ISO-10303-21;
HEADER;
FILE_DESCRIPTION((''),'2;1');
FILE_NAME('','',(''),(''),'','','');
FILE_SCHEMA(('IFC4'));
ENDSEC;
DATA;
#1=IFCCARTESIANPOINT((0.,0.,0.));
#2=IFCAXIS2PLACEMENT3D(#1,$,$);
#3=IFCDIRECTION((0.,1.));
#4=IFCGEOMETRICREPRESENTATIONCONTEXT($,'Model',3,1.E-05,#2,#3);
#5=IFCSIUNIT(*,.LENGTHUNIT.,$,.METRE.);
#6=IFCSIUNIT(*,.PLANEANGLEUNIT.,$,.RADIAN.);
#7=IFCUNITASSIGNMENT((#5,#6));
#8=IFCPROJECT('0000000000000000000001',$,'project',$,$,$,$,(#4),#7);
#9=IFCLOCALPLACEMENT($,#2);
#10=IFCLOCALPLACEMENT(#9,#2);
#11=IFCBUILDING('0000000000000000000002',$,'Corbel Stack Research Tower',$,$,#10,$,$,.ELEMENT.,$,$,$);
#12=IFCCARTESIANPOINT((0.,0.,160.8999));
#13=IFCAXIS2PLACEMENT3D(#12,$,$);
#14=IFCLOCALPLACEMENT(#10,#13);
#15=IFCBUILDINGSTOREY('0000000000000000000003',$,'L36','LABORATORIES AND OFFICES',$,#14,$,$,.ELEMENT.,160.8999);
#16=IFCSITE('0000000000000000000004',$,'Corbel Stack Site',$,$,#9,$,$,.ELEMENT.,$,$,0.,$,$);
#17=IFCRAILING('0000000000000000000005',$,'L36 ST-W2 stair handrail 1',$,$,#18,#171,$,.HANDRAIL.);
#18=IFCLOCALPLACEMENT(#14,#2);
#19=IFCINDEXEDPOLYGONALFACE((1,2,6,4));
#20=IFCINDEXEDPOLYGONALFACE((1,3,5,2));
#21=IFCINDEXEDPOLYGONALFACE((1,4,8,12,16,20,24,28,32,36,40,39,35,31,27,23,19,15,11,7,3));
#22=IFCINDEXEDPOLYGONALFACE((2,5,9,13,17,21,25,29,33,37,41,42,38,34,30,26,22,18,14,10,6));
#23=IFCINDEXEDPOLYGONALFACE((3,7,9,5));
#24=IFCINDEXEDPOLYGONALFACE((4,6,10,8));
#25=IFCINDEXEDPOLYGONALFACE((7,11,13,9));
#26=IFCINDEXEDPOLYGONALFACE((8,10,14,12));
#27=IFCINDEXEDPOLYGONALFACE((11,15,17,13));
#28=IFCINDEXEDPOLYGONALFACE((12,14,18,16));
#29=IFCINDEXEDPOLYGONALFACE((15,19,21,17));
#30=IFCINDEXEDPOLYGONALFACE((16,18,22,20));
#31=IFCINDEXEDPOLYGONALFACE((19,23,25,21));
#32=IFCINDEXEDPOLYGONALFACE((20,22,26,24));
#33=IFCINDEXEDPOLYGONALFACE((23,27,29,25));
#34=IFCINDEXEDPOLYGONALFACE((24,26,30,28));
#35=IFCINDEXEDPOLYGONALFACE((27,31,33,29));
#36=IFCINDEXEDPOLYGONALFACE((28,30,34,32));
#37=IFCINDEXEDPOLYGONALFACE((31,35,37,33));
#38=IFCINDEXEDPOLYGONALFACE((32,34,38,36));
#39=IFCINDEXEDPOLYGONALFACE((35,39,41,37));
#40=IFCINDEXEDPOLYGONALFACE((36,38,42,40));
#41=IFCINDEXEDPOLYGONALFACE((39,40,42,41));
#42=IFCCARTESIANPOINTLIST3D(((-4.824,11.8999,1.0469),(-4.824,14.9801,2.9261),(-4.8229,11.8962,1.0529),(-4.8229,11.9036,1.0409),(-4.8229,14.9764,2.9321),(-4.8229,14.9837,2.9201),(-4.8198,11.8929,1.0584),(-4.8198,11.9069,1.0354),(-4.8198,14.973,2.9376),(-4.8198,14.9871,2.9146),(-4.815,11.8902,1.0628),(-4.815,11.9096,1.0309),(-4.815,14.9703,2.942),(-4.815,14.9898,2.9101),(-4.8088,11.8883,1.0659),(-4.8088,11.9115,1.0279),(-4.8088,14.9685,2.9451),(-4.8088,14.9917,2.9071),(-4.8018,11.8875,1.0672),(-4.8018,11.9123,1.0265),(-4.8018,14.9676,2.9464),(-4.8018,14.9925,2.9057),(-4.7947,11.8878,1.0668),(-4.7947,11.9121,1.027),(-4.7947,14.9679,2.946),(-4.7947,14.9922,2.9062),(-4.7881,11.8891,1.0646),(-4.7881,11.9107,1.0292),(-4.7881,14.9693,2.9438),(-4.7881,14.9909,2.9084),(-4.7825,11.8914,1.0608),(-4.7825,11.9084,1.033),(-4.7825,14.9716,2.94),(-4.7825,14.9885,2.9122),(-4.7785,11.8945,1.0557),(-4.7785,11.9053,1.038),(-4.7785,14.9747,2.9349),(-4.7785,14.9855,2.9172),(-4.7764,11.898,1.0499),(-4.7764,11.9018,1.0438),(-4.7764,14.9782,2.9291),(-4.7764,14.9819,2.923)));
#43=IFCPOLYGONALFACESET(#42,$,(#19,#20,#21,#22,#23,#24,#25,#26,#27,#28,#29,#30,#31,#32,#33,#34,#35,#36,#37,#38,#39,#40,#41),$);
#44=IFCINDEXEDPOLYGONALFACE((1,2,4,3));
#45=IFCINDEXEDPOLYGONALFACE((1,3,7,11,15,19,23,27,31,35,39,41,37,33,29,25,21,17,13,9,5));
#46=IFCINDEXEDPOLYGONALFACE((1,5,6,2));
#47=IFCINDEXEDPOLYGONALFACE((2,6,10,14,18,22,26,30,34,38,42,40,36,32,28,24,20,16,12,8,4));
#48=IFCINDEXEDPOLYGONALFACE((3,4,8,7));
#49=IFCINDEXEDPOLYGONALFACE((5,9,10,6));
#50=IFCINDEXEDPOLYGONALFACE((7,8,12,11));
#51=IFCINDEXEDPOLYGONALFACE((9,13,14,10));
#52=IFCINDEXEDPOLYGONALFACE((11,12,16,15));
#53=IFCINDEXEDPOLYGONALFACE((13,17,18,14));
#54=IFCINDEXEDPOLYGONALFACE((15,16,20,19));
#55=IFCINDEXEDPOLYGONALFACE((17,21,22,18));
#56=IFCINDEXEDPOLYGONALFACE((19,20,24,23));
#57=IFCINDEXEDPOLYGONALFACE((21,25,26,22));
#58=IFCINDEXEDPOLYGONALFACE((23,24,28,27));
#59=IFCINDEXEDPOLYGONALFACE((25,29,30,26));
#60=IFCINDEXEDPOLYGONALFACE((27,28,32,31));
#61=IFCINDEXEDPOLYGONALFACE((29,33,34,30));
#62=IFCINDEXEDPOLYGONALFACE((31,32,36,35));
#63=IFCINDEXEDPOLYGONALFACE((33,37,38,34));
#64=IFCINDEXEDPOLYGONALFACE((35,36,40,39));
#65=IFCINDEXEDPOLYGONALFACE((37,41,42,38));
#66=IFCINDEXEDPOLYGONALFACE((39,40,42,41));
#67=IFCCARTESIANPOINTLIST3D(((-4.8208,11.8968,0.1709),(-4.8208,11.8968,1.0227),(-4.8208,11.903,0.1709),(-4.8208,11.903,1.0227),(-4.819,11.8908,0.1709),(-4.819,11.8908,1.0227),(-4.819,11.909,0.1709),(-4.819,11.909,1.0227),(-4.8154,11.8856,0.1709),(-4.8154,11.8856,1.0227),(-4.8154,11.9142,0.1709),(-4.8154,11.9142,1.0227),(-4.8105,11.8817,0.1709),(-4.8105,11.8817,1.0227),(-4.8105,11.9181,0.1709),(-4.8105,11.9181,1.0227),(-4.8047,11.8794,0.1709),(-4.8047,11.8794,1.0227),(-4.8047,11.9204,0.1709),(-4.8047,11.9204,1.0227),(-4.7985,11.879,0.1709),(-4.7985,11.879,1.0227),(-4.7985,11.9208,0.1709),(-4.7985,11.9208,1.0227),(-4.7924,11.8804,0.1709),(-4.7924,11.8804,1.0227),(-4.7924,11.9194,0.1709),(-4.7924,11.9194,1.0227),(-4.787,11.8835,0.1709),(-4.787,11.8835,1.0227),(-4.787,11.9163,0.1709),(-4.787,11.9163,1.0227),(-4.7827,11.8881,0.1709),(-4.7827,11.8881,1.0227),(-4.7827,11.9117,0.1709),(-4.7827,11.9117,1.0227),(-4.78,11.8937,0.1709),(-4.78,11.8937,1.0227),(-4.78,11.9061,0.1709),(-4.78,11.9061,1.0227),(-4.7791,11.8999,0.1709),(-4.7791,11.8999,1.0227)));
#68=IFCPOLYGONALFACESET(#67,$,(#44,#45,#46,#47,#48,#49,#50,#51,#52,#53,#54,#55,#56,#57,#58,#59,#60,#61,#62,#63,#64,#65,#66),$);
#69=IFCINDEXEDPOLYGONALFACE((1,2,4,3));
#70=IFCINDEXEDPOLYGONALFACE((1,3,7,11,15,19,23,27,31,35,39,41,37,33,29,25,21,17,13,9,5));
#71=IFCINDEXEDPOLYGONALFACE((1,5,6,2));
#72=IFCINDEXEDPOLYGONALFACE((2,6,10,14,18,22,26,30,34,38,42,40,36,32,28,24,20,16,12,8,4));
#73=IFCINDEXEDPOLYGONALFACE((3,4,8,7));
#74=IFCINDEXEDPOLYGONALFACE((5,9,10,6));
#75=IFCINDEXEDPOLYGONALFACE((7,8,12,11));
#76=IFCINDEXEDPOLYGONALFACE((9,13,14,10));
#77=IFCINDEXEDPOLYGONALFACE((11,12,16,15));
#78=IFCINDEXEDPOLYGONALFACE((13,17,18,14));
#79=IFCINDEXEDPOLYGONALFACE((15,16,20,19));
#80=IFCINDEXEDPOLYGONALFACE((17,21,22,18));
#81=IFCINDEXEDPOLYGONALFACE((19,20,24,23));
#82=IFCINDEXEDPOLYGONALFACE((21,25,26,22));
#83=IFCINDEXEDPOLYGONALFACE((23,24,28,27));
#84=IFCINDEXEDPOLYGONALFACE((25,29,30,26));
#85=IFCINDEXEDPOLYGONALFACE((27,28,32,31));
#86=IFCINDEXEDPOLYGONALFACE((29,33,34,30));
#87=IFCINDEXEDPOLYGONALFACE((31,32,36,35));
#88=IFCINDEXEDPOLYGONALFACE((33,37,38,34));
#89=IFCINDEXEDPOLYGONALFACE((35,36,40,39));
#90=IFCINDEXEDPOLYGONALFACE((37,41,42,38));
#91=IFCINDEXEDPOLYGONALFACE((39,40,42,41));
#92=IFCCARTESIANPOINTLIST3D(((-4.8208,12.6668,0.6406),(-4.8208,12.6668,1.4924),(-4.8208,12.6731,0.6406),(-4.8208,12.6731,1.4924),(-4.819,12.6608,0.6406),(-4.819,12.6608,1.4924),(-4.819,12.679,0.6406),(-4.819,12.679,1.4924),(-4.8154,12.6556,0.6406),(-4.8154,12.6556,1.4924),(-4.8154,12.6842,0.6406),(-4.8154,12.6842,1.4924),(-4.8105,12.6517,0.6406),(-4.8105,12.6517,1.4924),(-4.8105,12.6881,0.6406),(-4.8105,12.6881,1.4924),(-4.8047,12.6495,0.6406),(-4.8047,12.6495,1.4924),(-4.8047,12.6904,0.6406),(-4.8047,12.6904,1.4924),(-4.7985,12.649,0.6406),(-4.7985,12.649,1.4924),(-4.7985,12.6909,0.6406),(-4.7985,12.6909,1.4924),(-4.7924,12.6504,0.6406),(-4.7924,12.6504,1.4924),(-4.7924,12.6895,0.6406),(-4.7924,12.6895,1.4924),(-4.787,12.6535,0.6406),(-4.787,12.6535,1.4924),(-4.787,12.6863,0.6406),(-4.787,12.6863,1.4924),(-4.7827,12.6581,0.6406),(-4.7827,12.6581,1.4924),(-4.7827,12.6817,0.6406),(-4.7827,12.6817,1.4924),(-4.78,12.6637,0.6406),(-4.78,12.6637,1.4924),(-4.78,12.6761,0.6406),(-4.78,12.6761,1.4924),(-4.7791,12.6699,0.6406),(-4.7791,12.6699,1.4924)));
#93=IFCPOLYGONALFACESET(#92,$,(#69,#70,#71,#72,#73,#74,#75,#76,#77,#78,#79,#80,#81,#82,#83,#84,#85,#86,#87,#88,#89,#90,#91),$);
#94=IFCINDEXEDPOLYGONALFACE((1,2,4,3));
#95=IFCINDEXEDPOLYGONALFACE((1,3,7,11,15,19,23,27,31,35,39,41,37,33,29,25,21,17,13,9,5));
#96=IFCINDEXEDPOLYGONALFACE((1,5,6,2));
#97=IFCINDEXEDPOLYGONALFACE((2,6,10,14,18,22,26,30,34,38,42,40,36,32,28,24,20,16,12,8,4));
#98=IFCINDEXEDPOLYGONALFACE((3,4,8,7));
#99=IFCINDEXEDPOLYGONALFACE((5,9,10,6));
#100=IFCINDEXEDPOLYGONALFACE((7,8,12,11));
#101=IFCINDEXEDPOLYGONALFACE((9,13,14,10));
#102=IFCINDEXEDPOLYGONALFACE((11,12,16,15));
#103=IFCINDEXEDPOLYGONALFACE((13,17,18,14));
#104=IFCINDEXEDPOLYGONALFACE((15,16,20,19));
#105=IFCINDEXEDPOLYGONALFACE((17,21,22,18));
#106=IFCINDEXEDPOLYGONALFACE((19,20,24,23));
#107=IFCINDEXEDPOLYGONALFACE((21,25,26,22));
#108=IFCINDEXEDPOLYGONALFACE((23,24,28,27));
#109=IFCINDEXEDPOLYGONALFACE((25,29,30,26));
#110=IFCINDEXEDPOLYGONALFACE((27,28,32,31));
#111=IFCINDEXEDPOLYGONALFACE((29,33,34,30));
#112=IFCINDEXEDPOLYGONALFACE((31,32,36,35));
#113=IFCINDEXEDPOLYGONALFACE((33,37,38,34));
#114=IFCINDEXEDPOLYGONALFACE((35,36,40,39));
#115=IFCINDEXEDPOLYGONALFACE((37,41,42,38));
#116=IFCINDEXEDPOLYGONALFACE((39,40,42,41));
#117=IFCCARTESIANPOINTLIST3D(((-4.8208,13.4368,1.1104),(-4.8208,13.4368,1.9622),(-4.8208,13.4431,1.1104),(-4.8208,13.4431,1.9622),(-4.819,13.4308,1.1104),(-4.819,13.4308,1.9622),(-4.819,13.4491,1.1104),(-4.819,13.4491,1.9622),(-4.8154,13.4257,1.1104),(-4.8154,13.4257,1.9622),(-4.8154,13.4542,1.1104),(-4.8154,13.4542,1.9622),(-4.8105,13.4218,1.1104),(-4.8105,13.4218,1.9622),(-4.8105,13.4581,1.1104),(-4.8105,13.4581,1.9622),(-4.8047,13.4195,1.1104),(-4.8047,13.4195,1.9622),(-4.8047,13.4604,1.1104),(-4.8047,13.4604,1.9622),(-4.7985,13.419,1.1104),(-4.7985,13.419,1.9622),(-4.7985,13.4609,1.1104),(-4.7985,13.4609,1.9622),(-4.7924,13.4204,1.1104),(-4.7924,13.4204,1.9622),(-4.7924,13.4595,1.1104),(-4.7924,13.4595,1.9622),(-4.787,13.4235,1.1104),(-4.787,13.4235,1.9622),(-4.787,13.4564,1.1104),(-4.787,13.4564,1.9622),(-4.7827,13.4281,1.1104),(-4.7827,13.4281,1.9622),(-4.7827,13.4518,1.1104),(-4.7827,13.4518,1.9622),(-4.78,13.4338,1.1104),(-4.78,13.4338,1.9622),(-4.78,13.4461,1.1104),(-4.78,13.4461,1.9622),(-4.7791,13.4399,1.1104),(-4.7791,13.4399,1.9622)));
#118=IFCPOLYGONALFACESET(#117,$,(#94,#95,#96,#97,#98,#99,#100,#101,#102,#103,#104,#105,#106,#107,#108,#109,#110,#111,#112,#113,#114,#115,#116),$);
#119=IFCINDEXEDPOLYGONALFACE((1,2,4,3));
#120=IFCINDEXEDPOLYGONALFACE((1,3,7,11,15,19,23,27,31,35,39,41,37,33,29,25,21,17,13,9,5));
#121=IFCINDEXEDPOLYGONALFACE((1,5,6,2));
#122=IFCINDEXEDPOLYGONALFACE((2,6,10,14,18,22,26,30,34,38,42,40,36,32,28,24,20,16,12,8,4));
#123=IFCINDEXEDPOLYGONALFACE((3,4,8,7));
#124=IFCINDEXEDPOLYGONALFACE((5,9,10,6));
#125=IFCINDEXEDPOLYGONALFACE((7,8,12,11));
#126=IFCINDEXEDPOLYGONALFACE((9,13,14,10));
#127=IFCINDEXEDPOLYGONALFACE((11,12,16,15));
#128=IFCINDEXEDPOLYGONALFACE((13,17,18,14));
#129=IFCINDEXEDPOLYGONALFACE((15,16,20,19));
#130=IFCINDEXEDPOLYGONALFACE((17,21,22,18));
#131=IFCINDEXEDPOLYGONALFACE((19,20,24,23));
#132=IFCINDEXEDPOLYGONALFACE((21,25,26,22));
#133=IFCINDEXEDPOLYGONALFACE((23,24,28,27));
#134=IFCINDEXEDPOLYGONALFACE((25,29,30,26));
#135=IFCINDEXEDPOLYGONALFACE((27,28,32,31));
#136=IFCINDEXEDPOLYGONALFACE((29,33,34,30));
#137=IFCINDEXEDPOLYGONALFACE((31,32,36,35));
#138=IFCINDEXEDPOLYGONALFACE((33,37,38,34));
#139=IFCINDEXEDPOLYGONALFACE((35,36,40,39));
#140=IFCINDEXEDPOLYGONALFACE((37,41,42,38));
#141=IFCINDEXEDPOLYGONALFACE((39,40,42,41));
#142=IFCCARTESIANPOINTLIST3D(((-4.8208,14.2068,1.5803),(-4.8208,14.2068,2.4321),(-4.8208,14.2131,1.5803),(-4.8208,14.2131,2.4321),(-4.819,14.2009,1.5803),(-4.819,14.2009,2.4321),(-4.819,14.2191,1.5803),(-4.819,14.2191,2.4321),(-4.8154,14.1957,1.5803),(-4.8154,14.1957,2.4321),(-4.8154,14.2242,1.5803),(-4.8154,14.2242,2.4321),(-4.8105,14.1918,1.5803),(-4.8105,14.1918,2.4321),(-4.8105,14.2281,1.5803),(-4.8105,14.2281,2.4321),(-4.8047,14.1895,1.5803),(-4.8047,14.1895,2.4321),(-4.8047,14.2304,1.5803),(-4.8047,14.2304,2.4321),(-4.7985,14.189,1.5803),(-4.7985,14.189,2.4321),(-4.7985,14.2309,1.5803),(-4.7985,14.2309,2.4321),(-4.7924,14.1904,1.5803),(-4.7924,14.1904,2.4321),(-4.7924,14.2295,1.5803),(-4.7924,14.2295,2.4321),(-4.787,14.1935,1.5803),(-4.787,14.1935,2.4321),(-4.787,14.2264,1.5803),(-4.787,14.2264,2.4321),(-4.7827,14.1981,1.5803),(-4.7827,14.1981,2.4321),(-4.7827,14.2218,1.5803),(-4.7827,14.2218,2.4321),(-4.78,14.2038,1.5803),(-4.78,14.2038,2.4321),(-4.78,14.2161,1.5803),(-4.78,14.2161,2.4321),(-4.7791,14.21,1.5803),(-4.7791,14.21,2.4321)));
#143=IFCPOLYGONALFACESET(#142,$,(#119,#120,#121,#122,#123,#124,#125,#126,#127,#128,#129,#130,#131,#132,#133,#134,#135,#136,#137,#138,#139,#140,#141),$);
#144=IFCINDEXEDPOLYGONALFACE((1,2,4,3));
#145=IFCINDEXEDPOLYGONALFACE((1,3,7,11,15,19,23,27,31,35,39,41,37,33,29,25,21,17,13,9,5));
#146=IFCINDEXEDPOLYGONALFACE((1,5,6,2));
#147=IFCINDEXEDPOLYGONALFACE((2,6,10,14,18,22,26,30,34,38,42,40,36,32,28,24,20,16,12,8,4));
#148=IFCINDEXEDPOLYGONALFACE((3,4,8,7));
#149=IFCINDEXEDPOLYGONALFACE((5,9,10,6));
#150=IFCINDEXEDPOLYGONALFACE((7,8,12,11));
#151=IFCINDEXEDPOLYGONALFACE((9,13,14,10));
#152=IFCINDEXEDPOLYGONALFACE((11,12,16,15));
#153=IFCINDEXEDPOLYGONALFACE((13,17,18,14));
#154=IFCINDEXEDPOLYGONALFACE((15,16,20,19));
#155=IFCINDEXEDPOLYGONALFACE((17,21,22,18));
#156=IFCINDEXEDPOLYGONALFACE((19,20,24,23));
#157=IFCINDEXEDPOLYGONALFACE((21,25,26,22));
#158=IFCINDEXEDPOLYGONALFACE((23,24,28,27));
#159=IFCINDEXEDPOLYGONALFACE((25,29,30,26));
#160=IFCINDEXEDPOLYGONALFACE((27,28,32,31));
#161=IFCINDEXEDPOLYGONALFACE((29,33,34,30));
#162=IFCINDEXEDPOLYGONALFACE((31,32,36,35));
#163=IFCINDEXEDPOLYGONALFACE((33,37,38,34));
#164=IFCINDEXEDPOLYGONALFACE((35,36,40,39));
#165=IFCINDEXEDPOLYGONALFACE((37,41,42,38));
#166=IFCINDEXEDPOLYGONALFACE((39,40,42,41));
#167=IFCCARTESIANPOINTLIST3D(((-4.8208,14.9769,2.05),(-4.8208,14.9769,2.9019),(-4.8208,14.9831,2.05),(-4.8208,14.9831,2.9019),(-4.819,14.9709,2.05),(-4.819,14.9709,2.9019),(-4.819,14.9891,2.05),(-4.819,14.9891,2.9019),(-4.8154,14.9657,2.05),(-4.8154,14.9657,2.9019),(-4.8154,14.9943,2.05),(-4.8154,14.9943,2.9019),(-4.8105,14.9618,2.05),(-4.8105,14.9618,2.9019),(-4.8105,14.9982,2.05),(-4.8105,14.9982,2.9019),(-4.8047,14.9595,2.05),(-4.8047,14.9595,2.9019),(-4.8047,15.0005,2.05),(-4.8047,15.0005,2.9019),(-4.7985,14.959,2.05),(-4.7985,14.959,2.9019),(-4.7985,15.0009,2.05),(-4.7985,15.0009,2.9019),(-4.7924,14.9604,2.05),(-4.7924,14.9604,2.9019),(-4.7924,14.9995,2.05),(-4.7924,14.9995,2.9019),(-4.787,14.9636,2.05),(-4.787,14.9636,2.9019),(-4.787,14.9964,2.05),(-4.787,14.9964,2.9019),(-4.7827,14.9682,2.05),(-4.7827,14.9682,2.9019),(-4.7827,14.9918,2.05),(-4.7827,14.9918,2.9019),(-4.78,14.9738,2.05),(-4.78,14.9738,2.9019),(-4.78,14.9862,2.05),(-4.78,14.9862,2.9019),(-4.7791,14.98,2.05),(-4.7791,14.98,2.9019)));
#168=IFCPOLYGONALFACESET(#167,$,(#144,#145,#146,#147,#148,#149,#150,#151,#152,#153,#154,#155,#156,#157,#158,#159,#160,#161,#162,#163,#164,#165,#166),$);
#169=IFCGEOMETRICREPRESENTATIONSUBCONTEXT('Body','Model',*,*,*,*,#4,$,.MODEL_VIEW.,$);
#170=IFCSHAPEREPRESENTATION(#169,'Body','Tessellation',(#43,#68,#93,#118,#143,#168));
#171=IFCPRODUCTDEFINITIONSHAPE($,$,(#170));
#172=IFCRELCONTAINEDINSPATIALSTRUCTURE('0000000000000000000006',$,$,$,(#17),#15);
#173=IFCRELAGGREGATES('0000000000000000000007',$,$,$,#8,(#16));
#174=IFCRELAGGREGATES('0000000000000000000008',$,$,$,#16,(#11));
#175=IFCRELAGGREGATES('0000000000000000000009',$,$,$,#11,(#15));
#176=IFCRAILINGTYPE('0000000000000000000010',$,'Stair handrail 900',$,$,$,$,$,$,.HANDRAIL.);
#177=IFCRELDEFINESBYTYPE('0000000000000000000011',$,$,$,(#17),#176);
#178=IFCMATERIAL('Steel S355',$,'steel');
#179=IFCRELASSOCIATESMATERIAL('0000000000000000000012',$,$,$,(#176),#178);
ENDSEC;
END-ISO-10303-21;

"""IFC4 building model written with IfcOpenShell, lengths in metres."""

from ifc_helpers import new_model, si_unit, direction, frame, origin, origin_2d, place, context, subcontext, project, spatial, circle, extrude, material, type_object, element, save


model = new_model("IFC4")

# Units and contexts
model_context = context("Model", 3, precision=1e-05, world=origin(), true_north=direction((0.0, 1.0)))
body_context = subcontext(model_context, "Body", "Model", "MODEL_VIEW")
ifc_project = project(units=[si_unit("LENGTHUNIT", "METRE"), si_unit("PLANEANGLEUNIT", "RADIAN")], contexts=[model_context])

# Site, building, storey
site_placement = place(None, origin())
site = spatial("IfcSite", under=ifc_project, at=site_placement, Name="Corbel Stack Site", CompositionType="ELEMENT", RefElevation=0.0)
building_placement = place(site_placement, origin())
building = spatial("IfcBuilding", under=site, at=building_placement, Name="Corbel Stack Research Tower", CompositionType="ELEMENT")
storey_placement = place(building_placement, frame((0.0, 0.0, 160.8999)))
storey = spatial("IfcBuildingStorey", under=building, at=storey_placement, Name="L36", Description="LABORATORIES AND OFFICES", CompositionType="ELEMENT", Elevation=160.8999)

# Railing
ifc_material_1 = material(Name="Steel S355", Category="steel")
railing_type_1 = type_object("IfcRailingType", Name="Stair handrail 900", PredefinedType="HANDRAIL", material=ifc_material_1)
railing_1_placement = place(storey_placement, frame((-4.8, 11.8999, 0.1709)))
element("IfcRailing", 1, at=railing_1_placement, inside=storey, type_object=railing_type_1, Name="L36 ST-W2 stair handrail 1", PredefinedType="HANDRAIL", context=body_context, shape_type="SweptSolid", body=[
    extrude(circle(Radius=0.0239, at=origin_2d()), frame((0.0, 0.0, 0.876), z_axis=(0.0, 0.853666, 0.52082), x_axis=(-1.0, 0.0, 0.0)), (0.0, 0.0, 1.0), 3.6082),
    extrude(circle(Radius=0.021, at=origin_2d()), origin(), (0.0, 0.0, 1.0), 0.8518),
    extrude(circle(Radius=0.021, at=origin_2d()), frame((0.0, 0.77, 0.4697)), (0.0, 0.0, 1.0), 0.8518),
    extrude(circle(Radius=0.021, at=origin_2d()), frame((0.0, 1.54, 0.9395)), (0.0, 0.0, 1.0), 0.8518),
    extrude(circle(Radius=0.021, at=origin_2d()), frame((0.0, 2.3101, 1.4094)), (0.0, 0.0, 1.0), 0.8518),
    extrude(circle(Radius=0.021, at=origin_2d()), frame((0.0, 3.0801, 1.8792)), (0.0, 0.0, 1.0), 0.8518),
])

save(model, "model.ifc")
